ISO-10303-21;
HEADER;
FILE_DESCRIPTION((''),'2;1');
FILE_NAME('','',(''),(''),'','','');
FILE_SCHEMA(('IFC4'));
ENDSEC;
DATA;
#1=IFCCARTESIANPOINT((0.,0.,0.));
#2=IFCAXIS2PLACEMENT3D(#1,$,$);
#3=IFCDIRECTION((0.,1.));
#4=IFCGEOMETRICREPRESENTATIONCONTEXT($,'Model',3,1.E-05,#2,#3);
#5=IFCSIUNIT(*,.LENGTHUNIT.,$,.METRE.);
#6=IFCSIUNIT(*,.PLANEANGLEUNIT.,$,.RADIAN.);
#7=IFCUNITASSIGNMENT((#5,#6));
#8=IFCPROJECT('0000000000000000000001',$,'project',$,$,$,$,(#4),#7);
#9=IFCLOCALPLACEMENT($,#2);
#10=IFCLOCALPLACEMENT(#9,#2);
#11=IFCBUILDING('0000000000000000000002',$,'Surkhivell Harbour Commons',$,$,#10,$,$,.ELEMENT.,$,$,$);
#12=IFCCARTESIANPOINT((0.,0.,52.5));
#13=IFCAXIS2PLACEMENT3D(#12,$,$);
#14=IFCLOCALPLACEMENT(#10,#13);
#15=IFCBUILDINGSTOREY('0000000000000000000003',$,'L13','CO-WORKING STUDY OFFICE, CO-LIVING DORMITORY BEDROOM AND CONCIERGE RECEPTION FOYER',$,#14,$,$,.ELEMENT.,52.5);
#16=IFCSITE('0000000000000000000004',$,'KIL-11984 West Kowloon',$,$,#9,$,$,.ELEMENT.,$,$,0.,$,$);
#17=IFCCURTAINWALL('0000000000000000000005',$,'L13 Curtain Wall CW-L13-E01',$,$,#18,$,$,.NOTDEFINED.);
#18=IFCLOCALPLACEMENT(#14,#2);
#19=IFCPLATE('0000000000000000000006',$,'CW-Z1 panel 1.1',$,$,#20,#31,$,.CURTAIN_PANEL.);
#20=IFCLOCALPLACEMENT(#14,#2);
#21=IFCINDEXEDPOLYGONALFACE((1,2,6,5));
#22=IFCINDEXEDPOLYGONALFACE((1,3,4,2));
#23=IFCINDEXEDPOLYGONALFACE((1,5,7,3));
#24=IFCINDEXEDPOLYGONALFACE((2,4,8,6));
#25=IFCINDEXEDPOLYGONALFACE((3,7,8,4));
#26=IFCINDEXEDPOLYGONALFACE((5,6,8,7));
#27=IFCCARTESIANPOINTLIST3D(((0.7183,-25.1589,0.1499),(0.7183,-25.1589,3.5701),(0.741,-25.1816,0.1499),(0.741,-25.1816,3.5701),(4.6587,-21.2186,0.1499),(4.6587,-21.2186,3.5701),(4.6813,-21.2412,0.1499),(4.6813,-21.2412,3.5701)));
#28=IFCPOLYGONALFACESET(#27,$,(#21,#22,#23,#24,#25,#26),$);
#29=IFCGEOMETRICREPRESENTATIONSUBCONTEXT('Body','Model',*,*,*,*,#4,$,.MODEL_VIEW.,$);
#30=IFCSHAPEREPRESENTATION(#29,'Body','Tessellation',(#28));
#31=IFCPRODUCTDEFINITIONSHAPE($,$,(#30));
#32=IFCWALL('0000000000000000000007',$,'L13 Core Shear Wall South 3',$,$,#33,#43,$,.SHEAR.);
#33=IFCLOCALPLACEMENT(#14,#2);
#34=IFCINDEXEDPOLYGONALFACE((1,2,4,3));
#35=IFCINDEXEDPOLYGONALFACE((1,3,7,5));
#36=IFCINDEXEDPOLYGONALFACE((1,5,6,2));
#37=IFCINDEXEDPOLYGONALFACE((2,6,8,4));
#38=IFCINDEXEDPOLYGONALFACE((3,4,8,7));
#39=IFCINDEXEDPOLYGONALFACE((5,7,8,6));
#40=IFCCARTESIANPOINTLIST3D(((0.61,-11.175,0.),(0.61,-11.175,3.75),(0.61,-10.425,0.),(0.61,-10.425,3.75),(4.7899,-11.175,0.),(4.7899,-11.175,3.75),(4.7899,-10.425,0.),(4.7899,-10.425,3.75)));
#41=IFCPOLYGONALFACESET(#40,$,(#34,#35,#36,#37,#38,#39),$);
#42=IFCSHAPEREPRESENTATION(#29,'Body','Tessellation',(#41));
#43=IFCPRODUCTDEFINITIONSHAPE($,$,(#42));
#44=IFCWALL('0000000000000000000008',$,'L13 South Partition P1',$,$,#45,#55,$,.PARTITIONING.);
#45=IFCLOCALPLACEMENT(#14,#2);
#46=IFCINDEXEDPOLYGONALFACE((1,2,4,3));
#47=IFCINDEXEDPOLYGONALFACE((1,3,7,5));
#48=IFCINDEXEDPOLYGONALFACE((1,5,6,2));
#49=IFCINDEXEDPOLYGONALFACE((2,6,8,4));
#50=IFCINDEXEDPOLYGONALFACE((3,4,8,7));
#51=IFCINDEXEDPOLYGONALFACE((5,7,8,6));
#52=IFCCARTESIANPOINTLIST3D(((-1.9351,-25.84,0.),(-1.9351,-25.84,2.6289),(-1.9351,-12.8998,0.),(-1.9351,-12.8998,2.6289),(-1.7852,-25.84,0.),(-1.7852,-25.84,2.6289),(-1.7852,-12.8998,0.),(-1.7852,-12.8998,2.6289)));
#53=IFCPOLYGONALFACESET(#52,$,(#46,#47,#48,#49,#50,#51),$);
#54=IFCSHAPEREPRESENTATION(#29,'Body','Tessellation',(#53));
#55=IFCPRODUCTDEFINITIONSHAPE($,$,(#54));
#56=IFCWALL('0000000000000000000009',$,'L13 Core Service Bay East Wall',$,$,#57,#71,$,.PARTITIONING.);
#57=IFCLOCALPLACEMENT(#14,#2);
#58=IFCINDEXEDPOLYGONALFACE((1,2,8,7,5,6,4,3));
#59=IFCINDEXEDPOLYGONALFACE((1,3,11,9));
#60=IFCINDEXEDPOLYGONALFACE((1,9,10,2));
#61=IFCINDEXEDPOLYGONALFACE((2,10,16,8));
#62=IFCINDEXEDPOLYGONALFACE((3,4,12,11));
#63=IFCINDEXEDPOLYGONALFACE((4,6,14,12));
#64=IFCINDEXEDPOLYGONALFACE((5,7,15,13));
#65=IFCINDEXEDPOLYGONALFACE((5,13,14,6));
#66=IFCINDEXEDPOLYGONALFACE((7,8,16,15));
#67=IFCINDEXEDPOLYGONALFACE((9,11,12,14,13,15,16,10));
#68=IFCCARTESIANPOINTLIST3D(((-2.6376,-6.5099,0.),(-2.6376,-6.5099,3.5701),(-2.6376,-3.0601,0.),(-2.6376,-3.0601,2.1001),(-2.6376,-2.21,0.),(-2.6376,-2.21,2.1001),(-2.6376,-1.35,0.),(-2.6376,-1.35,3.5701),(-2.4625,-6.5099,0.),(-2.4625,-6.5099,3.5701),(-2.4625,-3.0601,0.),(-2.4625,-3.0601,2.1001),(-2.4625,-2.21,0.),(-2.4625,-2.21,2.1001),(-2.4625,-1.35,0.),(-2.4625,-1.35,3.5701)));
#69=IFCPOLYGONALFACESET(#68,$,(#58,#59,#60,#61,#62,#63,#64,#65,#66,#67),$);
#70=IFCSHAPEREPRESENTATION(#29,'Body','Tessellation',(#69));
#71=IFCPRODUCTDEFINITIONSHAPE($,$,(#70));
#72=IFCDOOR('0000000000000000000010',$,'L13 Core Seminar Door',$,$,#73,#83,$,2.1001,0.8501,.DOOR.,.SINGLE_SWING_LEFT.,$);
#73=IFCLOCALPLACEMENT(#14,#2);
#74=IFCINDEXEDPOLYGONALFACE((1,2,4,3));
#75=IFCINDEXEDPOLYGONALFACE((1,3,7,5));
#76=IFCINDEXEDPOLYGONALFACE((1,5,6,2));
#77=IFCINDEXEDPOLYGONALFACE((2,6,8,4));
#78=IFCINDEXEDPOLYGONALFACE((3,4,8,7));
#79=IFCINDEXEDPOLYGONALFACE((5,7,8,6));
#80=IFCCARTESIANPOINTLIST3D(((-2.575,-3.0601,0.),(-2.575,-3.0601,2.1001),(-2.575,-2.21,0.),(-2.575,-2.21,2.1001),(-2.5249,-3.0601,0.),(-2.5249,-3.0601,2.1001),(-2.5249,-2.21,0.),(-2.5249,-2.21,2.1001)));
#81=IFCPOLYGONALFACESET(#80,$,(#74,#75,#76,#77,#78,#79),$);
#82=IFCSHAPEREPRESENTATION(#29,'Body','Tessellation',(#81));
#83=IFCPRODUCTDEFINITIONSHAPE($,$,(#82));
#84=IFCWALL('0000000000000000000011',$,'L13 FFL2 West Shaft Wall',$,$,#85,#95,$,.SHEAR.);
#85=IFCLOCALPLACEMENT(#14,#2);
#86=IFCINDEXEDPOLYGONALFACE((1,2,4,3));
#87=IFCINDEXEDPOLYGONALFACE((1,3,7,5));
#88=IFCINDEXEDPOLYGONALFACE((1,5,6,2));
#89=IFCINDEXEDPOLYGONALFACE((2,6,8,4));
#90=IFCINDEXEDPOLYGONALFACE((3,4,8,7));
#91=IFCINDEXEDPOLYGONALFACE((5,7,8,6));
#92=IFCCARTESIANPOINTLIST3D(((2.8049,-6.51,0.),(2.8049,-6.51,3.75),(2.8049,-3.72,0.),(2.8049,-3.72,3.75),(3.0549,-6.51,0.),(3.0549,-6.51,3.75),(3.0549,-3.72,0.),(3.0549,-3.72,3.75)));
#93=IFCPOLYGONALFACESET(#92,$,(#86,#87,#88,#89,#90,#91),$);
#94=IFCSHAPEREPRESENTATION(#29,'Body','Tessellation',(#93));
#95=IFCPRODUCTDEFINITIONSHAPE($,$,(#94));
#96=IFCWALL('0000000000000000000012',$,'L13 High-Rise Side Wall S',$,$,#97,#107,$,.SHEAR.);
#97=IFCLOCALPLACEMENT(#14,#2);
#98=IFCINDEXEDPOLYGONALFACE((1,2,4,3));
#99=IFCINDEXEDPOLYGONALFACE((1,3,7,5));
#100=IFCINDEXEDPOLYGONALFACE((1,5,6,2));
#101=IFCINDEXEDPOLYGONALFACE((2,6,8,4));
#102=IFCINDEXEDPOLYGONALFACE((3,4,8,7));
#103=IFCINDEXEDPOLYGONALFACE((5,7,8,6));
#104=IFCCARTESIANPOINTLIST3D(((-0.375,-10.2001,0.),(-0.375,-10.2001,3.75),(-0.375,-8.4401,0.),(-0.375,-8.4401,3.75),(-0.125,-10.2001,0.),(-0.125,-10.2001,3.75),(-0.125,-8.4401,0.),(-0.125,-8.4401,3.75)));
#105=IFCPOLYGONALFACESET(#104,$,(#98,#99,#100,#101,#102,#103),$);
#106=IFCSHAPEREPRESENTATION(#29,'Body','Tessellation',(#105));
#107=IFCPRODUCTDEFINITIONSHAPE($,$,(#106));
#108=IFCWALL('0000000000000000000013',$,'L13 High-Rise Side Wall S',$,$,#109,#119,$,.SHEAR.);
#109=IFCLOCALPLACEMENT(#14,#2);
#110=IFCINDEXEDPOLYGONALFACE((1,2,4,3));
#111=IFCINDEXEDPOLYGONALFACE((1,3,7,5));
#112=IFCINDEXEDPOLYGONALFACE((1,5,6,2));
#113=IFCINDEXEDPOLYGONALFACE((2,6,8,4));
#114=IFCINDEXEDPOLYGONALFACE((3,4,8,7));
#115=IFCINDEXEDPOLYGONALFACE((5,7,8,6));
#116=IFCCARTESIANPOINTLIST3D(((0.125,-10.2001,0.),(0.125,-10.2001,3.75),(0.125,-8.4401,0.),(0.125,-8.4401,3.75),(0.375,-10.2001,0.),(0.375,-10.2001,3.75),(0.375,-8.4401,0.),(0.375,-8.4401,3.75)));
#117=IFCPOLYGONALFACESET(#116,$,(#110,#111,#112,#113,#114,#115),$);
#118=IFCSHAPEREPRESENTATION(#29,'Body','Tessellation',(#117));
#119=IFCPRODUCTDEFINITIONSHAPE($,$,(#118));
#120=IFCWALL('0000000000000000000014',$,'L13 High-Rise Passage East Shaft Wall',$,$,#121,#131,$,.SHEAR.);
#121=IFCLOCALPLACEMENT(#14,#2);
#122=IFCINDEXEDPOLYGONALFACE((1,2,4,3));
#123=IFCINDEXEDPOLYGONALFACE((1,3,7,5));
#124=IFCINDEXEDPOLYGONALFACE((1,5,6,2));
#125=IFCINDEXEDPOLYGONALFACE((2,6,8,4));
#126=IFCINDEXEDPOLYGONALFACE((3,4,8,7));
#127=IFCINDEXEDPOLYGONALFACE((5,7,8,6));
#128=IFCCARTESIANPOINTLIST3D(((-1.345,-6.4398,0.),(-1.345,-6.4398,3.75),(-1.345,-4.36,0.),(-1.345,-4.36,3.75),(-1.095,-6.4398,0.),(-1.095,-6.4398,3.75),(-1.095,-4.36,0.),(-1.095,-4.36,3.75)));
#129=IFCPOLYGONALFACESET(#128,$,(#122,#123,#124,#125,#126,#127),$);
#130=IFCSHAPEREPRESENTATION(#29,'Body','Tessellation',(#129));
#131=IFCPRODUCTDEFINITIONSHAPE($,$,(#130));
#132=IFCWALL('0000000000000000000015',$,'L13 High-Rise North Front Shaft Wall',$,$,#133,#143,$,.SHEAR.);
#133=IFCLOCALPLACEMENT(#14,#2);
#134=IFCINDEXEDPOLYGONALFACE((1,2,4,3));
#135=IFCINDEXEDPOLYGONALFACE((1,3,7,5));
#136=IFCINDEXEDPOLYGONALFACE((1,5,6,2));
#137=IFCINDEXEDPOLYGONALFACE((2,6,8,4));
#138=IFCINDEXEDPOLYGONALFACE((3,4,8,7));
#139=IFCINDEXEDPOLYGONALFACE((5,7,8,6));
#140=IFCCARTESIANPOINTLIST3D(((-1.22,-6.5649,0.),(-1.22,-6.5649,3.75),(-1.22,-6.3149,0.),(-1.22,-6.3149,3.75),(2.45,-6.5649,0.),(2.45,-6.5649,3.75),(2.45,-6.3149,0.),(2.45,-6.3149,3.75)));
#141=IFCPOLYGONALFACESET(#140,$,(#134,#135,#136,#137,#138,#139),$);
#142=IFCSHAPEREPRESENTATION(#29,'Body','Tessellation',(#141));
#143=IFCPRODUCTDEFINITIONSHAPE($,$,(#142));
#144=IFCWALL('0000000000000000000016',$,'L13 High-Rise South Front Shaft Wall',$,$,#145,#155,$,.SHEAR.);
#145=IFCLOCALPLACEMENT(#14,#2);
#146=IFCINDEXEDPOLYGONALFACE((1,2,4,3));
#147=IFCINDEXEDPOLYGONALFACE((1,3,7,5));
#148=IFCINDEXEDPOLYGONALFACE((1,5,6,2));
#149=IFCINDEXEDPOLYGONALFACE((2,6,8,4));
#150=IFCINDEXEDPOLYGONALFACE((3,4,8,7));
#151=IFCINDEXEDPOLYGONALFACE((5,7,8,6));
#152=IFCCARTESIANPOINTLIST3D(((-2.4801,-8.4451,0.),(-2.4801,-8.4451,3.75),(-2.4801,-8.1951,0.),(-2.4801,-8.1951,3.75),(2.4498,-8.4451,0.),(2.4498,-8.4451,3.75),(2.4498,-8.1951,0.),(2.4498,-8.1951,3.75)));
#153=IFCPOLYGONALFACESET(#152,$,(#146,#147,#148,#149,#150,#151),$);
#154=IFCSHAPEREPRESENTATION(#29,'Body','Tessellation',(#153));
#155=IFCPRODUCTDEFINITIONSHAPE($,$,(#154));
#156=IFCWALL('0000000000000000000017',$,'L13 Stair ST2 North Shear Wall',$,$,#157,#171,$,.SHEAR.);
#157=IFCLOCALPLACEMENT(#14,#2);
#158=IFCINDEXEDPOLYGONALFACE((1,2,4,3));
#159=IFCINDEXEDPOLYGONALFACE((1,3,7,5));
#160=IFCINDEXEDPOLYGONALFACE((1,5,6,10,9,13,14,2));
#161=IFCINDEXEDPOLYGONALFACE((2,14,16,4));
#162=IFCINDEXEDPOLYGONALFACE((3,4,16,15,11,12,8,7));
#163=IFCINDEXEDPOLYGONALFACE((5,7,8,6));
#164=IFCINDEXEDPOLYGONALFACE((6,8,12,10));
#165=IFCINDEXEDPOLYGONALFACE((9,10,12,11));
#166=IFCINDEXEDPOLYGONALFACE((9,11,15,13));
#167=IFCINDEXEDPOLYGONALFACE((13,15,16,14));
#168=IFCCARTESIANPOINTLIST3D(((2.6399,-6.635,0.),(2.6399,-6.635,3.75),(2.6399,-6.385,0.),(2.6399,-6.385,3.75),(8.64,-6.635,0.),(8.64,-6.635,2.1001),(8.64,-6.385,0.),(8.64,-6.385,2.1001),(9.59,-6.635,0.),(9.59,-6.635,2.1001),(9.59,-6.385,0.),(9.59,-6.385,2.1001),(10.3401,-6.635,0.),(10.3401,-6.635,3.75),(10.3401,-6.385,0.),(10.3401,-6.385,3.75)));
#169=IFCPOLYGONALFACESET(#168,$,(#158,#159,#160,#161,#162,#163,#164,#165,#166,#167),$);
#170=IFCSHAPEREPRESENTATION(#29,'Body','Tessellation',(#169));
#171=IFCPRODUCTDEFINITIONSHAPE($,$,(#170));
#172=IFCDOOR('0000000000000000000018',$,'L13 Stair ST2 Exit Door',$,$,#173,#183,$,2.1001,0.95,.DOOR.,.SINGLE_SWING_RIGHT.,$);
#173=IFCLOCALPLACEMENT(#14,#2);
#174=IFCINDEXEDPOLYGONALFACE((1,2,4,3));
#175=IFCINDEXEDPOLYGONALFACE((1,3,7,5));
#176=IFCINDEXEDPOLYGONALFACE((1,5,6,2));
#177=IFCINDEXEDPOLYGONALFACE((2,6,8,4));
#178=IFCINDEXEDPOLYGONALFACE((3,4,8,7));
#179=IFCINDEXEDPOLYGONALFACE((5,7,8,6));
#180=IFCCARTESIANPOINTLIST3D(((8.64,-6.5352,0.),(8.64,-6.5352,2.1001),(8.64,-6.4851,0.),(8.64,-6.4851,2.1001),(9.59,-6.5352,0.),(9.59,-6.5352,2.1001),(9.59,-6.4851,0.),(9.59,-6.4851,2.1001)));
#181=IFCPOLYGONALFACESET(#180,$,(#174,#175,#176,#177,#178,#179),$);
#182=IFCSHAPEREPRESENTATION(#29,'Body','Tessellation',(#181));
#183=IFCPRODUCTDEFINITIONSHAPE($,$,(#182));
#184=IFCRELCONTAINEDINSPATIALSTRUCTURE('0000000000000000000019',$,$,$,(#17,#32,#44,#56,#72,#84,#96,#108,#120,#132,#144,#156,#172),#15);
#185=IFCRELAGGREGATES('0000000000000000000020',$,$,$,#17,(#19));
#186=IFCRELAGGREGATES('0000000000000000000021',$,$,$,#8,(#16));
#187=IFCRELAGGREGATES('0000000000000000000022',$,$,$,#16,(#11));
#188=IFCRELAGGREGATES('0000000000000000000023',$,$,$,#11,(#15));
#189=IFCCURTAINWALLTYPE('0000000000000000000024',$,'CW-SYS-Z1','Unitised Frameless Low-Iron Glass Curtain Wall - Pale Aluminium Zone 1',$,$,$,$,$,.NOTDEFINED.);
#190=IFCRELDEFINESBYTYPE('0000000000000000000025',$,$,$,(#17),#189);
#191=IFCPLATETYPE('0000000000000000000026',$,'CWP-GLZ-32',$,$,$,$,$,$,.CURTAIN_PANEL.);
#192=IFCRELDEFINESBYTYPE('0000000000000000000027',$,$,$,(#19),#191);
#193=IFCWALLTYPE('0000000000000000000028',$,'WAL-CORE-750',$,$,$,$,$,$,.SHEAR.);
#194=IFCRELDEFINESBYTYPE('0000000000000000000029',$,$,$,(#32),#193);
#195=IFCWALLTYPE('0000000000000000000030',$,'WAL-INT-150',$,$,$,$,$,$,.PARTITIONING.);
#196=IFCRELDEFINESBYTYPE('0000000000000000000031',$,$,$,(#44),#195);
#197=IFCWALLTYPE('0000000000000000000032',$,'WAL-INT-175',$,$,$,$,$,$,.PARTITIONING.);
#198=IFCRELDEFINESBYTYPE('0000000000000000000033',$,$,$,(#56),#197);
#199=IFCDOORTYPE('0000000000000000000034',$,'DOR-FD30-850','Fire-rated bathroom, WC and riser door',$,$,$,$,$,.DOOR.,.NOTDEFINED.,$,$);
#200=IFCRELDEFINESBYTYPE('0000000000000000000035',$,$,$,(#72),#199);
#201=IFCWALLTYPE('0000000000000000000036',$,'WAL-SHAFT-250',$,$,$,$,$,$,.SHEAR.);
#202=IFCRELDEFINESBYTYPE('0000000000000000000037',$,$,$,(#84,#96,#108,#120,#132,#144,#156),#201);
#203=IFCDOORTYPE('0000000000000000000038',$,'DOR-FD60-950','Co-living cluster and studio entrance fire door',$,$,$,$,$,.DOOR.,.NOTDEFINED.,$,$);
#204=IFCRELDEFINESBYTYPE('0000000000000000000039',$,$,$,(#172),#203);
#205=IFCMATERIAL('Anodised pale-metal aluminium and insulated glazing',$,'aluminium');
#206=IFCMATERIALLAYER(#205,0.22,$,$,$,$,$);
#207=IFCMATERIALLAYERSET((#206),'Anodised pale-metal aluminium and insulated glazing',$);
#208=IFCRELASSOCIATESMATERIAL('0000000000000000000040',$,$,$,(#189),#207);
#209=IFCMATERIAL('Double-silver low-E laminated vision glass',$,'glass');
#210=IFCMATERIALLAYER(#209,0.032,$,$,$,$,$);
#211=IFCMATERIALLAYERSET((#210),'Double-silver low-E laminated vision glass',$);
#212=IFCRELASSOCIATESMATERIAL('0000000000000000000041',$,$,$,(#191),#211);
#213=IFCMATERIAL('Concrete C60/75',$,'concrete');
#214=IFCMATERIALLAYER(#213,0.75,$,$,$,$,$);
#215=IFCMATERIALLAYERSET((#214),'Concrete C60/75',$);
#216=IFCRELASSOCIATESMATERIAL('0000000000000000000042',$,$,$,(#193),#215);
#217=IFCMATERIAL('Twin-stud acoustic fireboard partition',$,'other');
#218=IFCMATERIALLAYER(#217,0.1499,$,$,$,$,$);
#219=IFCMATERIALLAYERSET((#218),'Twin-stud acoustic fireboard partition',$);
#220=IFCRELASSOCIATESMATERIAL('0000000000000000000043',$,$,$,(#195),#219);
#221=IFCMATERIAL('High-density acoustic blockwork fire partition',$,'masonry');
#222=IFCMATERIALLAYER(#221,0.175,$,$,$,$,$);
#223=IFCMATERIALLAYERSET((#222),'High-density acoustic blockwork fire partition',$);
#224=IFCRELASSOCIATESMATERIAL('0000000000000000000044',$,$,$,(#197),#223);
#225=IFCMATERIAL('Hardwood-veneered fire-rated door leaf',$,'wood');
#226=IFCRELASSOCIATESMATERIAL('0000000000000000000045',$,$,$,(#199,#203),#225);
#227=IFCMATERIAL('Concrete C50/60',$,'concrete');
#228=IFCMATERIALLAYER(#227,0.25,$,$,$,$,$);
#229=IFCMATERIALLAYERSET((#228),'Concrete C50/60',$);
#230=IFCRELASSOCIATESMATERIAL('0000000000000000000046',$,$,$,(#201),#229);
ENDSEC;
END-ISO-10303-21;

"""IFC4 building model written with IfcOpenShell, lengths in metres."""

from ifc_helpers import new_model, si_unit, direction, frame, frame_2d, origin, place, context, subcontext, project, spatial, rectangle, extrude, material, layer, layer_set, type_object, element, fill, aggregate, save


model = new_model("IFC4")

# Units and contexts
model_context = context("Model", 3, precision=1e-05, world=origin(), true_north=direction((0.0, 1.0)))
body_context = subcontext(model_context, "Body", "Model", "MODEL_VIEW")
ifc_project = project(units=[si_unit("LENGTHUNIT", "METRE"), si_unit("PLANEANGLEUNIT", "RADIAN")], contexts=[model_context])

# Site, building, storey
site_placement = place(None, origin())
site = spatial("IfcSite", under=ifc_project, at=site_placement, Name="KIL-11984 West Kowloon", CompositionType="ELEMENT", RefElevation=0.0)
building_placement = place(site_placement, origin())
building = spatial("IfcBuilding", under=site, at=building_placement, Name="Surkhivell Harbour Commons", CompositionType="ELEMENT")
storey_placement = place(building_placement, frame((0.0, 0.0, 52.5)))
storey = spatial("IfcBuildingStorey", under=building, at=storey_placement, Name="L13", Description="CO-WORKING STUDY OFFICE, CO-LIVING DORMITORY BEDROOM AND CONCIERGE RECEPTION FOYER", CompositionType="ELEMENT", Elevation=52.5)

# Shared definitions
ifc_material_1 = material(Name="Anodised pale-metal aluminium and insulated glazing", Category="aluminium")
ifc_layer_1 = layer(ifc_material_1, 0.22)
ifc_layer_set_1 = layer_set([ifc_layer_1], Name="Anodised pale-metal aluminium and insulated glazing")
curtain_wall_type = type_object("IfcCurtainWallType", Name="CW-SYS-Z1", Description="Unitised Frameless Low-Iron Glass Curtain Wall - Pale Aluminium Zone 1", PredefinedType="NOTDEFINED", material=ifc_layer_set_1)

# Curtain wall
curtain_wall_1_placement = place(storey_placement, origin())
curtain_wall_1 = element("IfcCurtainWall", 1, at=curtain_wall_1_placement, inside=storey, type_object=curtain_wall_type, Name="L13 Curtain Wall CW-L13-E01", PredefinedType="NOTDEFINED")

# Plate
ifc_material_2 = material(Name="Double-silver low-E laminated vision glass", Category="glass")
ifc_layer_2 = layer(ifc_material_2, 0.032)
ifc_layer_set_2 = layer_set([ifc_layer_2], Name="Double-silver low-E laminated vision glass")
plate_type = type_object("IfcPlateType", Name="CWP-GLZ-32", PredefinedType="CURTAIN_PANEL", material=ifc_layer_set_2)
plate_1_placement = place(storey_placement, frame((0.7297, -25.1702, 0.1499), z_axis=(0.0, 0.0, 1.0), x_axis=(0.707107, 0.707107, 0.0)))
plate_1 = element("IfcPlate", 2, at=plate_1_placement, type_object=plate_type, Name="CW-Z1 panel 1.1", PredefinedType="CURTAIN_PANEL", context=body_context, shape_type="SweptSolid", body=[
    extrude(rectangle(XDim=5.5725, YDim=0.032, at=frame_2d((2.7861, 0.0))), origin(), (0.0, 0.0, 1.0), 3.4202),
])
aggregate(curtain_wall_1, [plate_1])

# Walls
ifc_material_3 = material(Name="Concrete C60/75", Category="concrete")
ifc_layer_3 = layer(ifc_material_3, 0.75)
ifc_layer_set_3 = layer_set([ifc_layer_3], Name="Concrete C60/75")
wall_type_1 = type_object("IfcWallType", Name="WAL-CORE-750", PredefinedType="SHEAR", material=ifc_layer_set_3)
wall_1_placement = place(storey_placement, frame((0.6101, -10.8, 0.0), z_axis=(0.0, 0.0, 1.0), x_axis=(1.0, 0.0, 0.0)))
element("IfcWall", 3, at=wall_1_placement, inside=storey, type_object=wall_type_1, Name="L13 Core Shear Wall South 3", PredefinedType="SHEAR", context=body_context, shape_type="SweptSolid", body=[
    extrude(rectangle(XDim=4.1799, YDim=0.75, at=frame_2d((2.0898, 0.0))), origin(), (0.0, 0.0, 1.0), 3.75),
])
ifc_material_4 = material(Name="Twin-stud acoustic fireboard partition", Category="other")
ifc_layer_4 = layer(ifc_material_4, 0.1499)
ifc_layer_set_4 = layer_set([ifc_layer_4], Name="Twin-stud acoustic fireboard partition")
wall_type_2 = type_object("IfcWallType", Name="WAL-INT-150", PredefinedType="PARTITIONING", material=ifc_layer_set_4)
wall_2_placement = place(storey_placement, frame((-1.8601, -25.8401, 0.0), z_axis=(0.0, 0.0, 1.0), x_axis=(0.0, 1.0, 0.0)))
element("IfcWall", 4, at=wall_2_placement, inside=storey, type_object=wall_type_2, Name="L13 South Partition P1", PredefinedType="PARTITIONING", context=body_context, shape_type="SweptSolid", body=[
    extrude(rectangle(XDim=12.9402, YDim=0.1499, at=frame_2d((6.4702, 0.0))), origin(), (0.0, 0.0, 1.0), 2.6289),
])

# Wall, opening, door
ifc_material_5 = material(Name="High-density acoustic blockwork fire partition", Category="masonry")
ifc_layer_5 = layer(ifc_material_5, 0.175)
ifc_layer_set_5 = layer_set([ifc_layer_5], Name="High-density acoustic blockwork fire partition")
wall_type_3 = type_object("IfcWallType", Name="WAL-INT-175", PredefinedType="PARTITIONING", material=ifc_layer_set_5)
wall_3_placement = place(storey_placement, frame((-2.55, -6.51, 0.0), z_axis=(0.0, 0.0, 1.0), x_axis=(0.0, 1.0, 0.0)))
wall_3 = element("IfcWall", 5, at=wall_3_placement, inside=storey, type_object=wall_type_3, Name="L13 Core Service Bay East Wall", PredefinedType="PARTITIONING", context=body_context, shape_type="SweptSolid", body=[
    extrude(rectangle(XDim=5.1599, YDim=0.175, at=frame_2d((2.5801, 0.0))), origin(), (0.0, 0.0, 1.0), 3.5701),
])
opening_1_placement = place(wall_3_placement, frame((3.45, 0.0, 0.0)))
opening_1 = element("IfcOpeningElement", 6, at=opening_1_placement, cuts=wall_3, PredefinedType="OPENING", context=body_context, shape_type="SweptSolid", body=[
    extrude(rectangle(XDim=0.8501, YDim=2.1001, at=frame_2d((0.425, 1.05))), frame((0.0, 0.0974, 0.0), z_axis=(0.0, -1.0, 0.0), x_axis=(1.0, 0.0, 0.0)), (0.0, 0.0, 1.0), 0.1951),
])
ifc_material_6 = material(Name="Hardwood-veneered fire-rated door leaf", Category="wood")
door_type_1 = type_object("IfcDoorType", Name="DOR-FD30-850", Description="Fire-rated bathroom, WC and riser door", OperationType="NOTDEFINED", PredefinedType="DOOR", material=ifc_material_6)
door_1_placement = place(opening_1_placement, origin())
door_1 = element("IfcDoor", 7, at=door_1_placement, inside=storey, type_object=door_type_1, Name="L13 Core Seminar Door", OperationType="SINGLE_SWING_LEFT", OverallHeight=2.1001, OverallWidth=0.8501, PredefinedType="DOOR", context=body_context, shape_type="SweptSolid", body=[
    extrude(rectangle(XDim=0.8501, YDim=2.1001, at=frame_2d((0.425, 1.05))), frame((0.0, 0.0249, 0.0), z_axis=(0.0, -1.0, 0.0), x_axis=(1.0, 0.0, 0.0)), (0.0, 0.0, 1.0), 0.05),
])
fill(opening_1, door_1)

# Walls
ifc_material_7 = material(Name="Concrete C50/60", Category="concrete")
ifc_layer_6 = layer(ifc_material_7, 0.25)
ifc_layer_set_6 = layer_set([ifc_layer_6], Name="Concrete C50/60")
wall_type_4 = type_object("IfcWallType", Name="WAL-SHAFT-250", PredefinedType="SHEAR", material=ifc_layer_set_6)
wall_4_placement = place(storey_placement, frame((2.9299, -6.51, 0.0), z_axis=(0.0, 0.0, 1.0), x_axis=(0.0, 1.0, 0.0)))
element("IfcWall", 8, at=wall_4_placement, inside=storey, type_object=wall_type_4, Name="L13 FFL2 West Shaft Wall", PredefinedType="SHEAR", context=body_context, shape_type="SweptSolid", body=[
    extrude(rectangle(XDim=2.79, YDim=0.25, at=frame_2d((1.395, 0.0))), origin(), (0.0, 0.0, 1.0), 3.75),
])
for number, where, z_axis, x_axis, name in (
    (9, (-0.25, -10.2, 0.0), (0.0, 0.0, 1.0), (0.0, 1.0, 0.0), "L13 High-Rise Side Wall S"),
    (10, (0.25, -10.2, 0.0), (0.0, 0.0, 1.0), (0.0, 1.0, 0.0), "L13 High-Rise Side Wall S"),
):
    element("IfcWall", number, at=place(storey_placement, frame(where, z_axis=z_axis, x_axis=x_axis)), inside=storey, type_object=wall_type_4, Name=name, PredefinedType="SHEAR", context=body_context, shape_type="SweptSolid", body=[
        extrude(rectangle(XDim=1.76, YDim=0.25, at=frame_2d((0.8799, 0.0))), origin(), (0.0, 0.0, 1.0), 3.75),
    ])
wall_5_placement = place(storey_placement, frame((-1.22, -6.4399, 0.0), z_axis=(0.0, 0.0, 1.0), x_axis=(0.0, 1.0, 0.0)))
element("IfcWall", 11, at=wall_5_placement, inside=storey, type_object=wall_type_4, Name="L13 High-Rise Passage East Shaft Wall", PredefinedType="SHEAR", context=body_context, shape_type="SweptSolid", body=[
    extrude(rectangle(XDim=2.0798, YDim=0.25, at=frame_2d((1.04, 0.0))), origin(), (0.0, 0.0, 1.0), 3.75),
])
wall_6_placement = place(storey_placement, frame((-1.22, -6.4399, 0.0), z_axis=(0.0, 0.0, 1.0), x_axis=(1.0, 0.0, 0.0)))
element("IfcWall", 12, at=wall_6_placement, inside=storey, type_object=wall_type_4, Name="L13 High-Rise North Front Shaft Wall", PredefinedType="SHEAR", context=body_context, shape_type="SweptSolid", body=[
    extrude(rectangle(XDim=3.6699, YDim=0.25, at=frame_2d((1.835, 0.0))), origin(), (0.0, 0.0, 1.0), 3.75),
])
wall_7_placement = place(storey_placement, frame((-2.48, -8.3201, 0.0), z_axis=(0.0, 0.0, 1.0), x_axis=(1.0, 0.0, 0.0)))
element("IfcWall", 13, at=wall_7_placement, inside=storey, type_object=wall_type_4, Name="L13 High-Rise South Front Shaft Wall", PredefinedType="SHEAR", context=body_context, shape_type="SweptSolid", body=[
    extrude(rectangle(XDim=4.9299, YDim=0.25, at=frame_2d((2.4648, 0.0))), origin(), (0.0, 0.0, 1.0), 3.75),
])

# Wall, opening, door
wall_8_placement = place(storey_placement, frame((2.6399, -6.51, 0.0), z_axis=(0.0, 0.0, 1.0), x_axis=(1.0, 0.0, 0.0)))
wall_8 = element("IfcWall", 14, at=wall_8_placement, inside=storey, type_object=wall_type_4, Name="L13 Stair ST2 North Shear Wall", PredefinedType="SHEAR", context=body_context, shape_type="SweptSolid", body=[
    extrude(rectangle(XDim=7.7002, YDim=0.25, at=frame_2d((3.8501, 0.0))), origin(), (0.0, 0.0, 1.0), 3.75),
])
opening_2_placement = place(wall_8_placement, frame((6.0, 0.0, 0.0)))
opening_2 = element("IfcOpeningElement", 15, at=opening_2_placement, cuts=wall_8, PredefinedType="OPENING", context=body_context, shape_type="SweptSolid", body=[
    extrude(rectangle(XDim=0.95, YDim=2.1001, at=frame_2d((0.4751, 1.05))), frame((0.0, 0.135, 0.0), z_axis=(0.0, -1.0, 0.0), x_axis=(1.0, 0.0, 0.0)), (0.0, 0.0, 1.0), 0.27),
])
door_type_2 = type_object("IfcDoorType", Name="DOR-FD60-950", Description="Co-living cluster and studio entrance fire door", OperationType="NOTDEFINED", PredefinedType="DOOR", material=ifc_material_6)
door_2_placement = place(opening_2_placement, origin())
door_2 = element("IfcDoor", 16, at=door_2_placement, inside=storey, type_object=door_type_2, Name="L13 Stair ST2 Exit Door", OperationType="SINGLE_SWING_RIGHT", OverallHeight=2.1001, OverallWidth=0.95, PredefinedType="DOOR", context=body_context, shape_type="SweptSolid", body=[
    extrude(rectangle(XDim=0.95, YDim=2.1001, at=frame_2d((0.4751, 1.05))), frame((0.0, 0.0249, 0.0), z_axis=(0.0, -1.0, 0.0), x_axis=(1.0, 0.0, 0.0)), (0.0, 0.0, 1.0), 0.05),
])
fill(opening_2, door_2)

save(model, "model.ifc")
